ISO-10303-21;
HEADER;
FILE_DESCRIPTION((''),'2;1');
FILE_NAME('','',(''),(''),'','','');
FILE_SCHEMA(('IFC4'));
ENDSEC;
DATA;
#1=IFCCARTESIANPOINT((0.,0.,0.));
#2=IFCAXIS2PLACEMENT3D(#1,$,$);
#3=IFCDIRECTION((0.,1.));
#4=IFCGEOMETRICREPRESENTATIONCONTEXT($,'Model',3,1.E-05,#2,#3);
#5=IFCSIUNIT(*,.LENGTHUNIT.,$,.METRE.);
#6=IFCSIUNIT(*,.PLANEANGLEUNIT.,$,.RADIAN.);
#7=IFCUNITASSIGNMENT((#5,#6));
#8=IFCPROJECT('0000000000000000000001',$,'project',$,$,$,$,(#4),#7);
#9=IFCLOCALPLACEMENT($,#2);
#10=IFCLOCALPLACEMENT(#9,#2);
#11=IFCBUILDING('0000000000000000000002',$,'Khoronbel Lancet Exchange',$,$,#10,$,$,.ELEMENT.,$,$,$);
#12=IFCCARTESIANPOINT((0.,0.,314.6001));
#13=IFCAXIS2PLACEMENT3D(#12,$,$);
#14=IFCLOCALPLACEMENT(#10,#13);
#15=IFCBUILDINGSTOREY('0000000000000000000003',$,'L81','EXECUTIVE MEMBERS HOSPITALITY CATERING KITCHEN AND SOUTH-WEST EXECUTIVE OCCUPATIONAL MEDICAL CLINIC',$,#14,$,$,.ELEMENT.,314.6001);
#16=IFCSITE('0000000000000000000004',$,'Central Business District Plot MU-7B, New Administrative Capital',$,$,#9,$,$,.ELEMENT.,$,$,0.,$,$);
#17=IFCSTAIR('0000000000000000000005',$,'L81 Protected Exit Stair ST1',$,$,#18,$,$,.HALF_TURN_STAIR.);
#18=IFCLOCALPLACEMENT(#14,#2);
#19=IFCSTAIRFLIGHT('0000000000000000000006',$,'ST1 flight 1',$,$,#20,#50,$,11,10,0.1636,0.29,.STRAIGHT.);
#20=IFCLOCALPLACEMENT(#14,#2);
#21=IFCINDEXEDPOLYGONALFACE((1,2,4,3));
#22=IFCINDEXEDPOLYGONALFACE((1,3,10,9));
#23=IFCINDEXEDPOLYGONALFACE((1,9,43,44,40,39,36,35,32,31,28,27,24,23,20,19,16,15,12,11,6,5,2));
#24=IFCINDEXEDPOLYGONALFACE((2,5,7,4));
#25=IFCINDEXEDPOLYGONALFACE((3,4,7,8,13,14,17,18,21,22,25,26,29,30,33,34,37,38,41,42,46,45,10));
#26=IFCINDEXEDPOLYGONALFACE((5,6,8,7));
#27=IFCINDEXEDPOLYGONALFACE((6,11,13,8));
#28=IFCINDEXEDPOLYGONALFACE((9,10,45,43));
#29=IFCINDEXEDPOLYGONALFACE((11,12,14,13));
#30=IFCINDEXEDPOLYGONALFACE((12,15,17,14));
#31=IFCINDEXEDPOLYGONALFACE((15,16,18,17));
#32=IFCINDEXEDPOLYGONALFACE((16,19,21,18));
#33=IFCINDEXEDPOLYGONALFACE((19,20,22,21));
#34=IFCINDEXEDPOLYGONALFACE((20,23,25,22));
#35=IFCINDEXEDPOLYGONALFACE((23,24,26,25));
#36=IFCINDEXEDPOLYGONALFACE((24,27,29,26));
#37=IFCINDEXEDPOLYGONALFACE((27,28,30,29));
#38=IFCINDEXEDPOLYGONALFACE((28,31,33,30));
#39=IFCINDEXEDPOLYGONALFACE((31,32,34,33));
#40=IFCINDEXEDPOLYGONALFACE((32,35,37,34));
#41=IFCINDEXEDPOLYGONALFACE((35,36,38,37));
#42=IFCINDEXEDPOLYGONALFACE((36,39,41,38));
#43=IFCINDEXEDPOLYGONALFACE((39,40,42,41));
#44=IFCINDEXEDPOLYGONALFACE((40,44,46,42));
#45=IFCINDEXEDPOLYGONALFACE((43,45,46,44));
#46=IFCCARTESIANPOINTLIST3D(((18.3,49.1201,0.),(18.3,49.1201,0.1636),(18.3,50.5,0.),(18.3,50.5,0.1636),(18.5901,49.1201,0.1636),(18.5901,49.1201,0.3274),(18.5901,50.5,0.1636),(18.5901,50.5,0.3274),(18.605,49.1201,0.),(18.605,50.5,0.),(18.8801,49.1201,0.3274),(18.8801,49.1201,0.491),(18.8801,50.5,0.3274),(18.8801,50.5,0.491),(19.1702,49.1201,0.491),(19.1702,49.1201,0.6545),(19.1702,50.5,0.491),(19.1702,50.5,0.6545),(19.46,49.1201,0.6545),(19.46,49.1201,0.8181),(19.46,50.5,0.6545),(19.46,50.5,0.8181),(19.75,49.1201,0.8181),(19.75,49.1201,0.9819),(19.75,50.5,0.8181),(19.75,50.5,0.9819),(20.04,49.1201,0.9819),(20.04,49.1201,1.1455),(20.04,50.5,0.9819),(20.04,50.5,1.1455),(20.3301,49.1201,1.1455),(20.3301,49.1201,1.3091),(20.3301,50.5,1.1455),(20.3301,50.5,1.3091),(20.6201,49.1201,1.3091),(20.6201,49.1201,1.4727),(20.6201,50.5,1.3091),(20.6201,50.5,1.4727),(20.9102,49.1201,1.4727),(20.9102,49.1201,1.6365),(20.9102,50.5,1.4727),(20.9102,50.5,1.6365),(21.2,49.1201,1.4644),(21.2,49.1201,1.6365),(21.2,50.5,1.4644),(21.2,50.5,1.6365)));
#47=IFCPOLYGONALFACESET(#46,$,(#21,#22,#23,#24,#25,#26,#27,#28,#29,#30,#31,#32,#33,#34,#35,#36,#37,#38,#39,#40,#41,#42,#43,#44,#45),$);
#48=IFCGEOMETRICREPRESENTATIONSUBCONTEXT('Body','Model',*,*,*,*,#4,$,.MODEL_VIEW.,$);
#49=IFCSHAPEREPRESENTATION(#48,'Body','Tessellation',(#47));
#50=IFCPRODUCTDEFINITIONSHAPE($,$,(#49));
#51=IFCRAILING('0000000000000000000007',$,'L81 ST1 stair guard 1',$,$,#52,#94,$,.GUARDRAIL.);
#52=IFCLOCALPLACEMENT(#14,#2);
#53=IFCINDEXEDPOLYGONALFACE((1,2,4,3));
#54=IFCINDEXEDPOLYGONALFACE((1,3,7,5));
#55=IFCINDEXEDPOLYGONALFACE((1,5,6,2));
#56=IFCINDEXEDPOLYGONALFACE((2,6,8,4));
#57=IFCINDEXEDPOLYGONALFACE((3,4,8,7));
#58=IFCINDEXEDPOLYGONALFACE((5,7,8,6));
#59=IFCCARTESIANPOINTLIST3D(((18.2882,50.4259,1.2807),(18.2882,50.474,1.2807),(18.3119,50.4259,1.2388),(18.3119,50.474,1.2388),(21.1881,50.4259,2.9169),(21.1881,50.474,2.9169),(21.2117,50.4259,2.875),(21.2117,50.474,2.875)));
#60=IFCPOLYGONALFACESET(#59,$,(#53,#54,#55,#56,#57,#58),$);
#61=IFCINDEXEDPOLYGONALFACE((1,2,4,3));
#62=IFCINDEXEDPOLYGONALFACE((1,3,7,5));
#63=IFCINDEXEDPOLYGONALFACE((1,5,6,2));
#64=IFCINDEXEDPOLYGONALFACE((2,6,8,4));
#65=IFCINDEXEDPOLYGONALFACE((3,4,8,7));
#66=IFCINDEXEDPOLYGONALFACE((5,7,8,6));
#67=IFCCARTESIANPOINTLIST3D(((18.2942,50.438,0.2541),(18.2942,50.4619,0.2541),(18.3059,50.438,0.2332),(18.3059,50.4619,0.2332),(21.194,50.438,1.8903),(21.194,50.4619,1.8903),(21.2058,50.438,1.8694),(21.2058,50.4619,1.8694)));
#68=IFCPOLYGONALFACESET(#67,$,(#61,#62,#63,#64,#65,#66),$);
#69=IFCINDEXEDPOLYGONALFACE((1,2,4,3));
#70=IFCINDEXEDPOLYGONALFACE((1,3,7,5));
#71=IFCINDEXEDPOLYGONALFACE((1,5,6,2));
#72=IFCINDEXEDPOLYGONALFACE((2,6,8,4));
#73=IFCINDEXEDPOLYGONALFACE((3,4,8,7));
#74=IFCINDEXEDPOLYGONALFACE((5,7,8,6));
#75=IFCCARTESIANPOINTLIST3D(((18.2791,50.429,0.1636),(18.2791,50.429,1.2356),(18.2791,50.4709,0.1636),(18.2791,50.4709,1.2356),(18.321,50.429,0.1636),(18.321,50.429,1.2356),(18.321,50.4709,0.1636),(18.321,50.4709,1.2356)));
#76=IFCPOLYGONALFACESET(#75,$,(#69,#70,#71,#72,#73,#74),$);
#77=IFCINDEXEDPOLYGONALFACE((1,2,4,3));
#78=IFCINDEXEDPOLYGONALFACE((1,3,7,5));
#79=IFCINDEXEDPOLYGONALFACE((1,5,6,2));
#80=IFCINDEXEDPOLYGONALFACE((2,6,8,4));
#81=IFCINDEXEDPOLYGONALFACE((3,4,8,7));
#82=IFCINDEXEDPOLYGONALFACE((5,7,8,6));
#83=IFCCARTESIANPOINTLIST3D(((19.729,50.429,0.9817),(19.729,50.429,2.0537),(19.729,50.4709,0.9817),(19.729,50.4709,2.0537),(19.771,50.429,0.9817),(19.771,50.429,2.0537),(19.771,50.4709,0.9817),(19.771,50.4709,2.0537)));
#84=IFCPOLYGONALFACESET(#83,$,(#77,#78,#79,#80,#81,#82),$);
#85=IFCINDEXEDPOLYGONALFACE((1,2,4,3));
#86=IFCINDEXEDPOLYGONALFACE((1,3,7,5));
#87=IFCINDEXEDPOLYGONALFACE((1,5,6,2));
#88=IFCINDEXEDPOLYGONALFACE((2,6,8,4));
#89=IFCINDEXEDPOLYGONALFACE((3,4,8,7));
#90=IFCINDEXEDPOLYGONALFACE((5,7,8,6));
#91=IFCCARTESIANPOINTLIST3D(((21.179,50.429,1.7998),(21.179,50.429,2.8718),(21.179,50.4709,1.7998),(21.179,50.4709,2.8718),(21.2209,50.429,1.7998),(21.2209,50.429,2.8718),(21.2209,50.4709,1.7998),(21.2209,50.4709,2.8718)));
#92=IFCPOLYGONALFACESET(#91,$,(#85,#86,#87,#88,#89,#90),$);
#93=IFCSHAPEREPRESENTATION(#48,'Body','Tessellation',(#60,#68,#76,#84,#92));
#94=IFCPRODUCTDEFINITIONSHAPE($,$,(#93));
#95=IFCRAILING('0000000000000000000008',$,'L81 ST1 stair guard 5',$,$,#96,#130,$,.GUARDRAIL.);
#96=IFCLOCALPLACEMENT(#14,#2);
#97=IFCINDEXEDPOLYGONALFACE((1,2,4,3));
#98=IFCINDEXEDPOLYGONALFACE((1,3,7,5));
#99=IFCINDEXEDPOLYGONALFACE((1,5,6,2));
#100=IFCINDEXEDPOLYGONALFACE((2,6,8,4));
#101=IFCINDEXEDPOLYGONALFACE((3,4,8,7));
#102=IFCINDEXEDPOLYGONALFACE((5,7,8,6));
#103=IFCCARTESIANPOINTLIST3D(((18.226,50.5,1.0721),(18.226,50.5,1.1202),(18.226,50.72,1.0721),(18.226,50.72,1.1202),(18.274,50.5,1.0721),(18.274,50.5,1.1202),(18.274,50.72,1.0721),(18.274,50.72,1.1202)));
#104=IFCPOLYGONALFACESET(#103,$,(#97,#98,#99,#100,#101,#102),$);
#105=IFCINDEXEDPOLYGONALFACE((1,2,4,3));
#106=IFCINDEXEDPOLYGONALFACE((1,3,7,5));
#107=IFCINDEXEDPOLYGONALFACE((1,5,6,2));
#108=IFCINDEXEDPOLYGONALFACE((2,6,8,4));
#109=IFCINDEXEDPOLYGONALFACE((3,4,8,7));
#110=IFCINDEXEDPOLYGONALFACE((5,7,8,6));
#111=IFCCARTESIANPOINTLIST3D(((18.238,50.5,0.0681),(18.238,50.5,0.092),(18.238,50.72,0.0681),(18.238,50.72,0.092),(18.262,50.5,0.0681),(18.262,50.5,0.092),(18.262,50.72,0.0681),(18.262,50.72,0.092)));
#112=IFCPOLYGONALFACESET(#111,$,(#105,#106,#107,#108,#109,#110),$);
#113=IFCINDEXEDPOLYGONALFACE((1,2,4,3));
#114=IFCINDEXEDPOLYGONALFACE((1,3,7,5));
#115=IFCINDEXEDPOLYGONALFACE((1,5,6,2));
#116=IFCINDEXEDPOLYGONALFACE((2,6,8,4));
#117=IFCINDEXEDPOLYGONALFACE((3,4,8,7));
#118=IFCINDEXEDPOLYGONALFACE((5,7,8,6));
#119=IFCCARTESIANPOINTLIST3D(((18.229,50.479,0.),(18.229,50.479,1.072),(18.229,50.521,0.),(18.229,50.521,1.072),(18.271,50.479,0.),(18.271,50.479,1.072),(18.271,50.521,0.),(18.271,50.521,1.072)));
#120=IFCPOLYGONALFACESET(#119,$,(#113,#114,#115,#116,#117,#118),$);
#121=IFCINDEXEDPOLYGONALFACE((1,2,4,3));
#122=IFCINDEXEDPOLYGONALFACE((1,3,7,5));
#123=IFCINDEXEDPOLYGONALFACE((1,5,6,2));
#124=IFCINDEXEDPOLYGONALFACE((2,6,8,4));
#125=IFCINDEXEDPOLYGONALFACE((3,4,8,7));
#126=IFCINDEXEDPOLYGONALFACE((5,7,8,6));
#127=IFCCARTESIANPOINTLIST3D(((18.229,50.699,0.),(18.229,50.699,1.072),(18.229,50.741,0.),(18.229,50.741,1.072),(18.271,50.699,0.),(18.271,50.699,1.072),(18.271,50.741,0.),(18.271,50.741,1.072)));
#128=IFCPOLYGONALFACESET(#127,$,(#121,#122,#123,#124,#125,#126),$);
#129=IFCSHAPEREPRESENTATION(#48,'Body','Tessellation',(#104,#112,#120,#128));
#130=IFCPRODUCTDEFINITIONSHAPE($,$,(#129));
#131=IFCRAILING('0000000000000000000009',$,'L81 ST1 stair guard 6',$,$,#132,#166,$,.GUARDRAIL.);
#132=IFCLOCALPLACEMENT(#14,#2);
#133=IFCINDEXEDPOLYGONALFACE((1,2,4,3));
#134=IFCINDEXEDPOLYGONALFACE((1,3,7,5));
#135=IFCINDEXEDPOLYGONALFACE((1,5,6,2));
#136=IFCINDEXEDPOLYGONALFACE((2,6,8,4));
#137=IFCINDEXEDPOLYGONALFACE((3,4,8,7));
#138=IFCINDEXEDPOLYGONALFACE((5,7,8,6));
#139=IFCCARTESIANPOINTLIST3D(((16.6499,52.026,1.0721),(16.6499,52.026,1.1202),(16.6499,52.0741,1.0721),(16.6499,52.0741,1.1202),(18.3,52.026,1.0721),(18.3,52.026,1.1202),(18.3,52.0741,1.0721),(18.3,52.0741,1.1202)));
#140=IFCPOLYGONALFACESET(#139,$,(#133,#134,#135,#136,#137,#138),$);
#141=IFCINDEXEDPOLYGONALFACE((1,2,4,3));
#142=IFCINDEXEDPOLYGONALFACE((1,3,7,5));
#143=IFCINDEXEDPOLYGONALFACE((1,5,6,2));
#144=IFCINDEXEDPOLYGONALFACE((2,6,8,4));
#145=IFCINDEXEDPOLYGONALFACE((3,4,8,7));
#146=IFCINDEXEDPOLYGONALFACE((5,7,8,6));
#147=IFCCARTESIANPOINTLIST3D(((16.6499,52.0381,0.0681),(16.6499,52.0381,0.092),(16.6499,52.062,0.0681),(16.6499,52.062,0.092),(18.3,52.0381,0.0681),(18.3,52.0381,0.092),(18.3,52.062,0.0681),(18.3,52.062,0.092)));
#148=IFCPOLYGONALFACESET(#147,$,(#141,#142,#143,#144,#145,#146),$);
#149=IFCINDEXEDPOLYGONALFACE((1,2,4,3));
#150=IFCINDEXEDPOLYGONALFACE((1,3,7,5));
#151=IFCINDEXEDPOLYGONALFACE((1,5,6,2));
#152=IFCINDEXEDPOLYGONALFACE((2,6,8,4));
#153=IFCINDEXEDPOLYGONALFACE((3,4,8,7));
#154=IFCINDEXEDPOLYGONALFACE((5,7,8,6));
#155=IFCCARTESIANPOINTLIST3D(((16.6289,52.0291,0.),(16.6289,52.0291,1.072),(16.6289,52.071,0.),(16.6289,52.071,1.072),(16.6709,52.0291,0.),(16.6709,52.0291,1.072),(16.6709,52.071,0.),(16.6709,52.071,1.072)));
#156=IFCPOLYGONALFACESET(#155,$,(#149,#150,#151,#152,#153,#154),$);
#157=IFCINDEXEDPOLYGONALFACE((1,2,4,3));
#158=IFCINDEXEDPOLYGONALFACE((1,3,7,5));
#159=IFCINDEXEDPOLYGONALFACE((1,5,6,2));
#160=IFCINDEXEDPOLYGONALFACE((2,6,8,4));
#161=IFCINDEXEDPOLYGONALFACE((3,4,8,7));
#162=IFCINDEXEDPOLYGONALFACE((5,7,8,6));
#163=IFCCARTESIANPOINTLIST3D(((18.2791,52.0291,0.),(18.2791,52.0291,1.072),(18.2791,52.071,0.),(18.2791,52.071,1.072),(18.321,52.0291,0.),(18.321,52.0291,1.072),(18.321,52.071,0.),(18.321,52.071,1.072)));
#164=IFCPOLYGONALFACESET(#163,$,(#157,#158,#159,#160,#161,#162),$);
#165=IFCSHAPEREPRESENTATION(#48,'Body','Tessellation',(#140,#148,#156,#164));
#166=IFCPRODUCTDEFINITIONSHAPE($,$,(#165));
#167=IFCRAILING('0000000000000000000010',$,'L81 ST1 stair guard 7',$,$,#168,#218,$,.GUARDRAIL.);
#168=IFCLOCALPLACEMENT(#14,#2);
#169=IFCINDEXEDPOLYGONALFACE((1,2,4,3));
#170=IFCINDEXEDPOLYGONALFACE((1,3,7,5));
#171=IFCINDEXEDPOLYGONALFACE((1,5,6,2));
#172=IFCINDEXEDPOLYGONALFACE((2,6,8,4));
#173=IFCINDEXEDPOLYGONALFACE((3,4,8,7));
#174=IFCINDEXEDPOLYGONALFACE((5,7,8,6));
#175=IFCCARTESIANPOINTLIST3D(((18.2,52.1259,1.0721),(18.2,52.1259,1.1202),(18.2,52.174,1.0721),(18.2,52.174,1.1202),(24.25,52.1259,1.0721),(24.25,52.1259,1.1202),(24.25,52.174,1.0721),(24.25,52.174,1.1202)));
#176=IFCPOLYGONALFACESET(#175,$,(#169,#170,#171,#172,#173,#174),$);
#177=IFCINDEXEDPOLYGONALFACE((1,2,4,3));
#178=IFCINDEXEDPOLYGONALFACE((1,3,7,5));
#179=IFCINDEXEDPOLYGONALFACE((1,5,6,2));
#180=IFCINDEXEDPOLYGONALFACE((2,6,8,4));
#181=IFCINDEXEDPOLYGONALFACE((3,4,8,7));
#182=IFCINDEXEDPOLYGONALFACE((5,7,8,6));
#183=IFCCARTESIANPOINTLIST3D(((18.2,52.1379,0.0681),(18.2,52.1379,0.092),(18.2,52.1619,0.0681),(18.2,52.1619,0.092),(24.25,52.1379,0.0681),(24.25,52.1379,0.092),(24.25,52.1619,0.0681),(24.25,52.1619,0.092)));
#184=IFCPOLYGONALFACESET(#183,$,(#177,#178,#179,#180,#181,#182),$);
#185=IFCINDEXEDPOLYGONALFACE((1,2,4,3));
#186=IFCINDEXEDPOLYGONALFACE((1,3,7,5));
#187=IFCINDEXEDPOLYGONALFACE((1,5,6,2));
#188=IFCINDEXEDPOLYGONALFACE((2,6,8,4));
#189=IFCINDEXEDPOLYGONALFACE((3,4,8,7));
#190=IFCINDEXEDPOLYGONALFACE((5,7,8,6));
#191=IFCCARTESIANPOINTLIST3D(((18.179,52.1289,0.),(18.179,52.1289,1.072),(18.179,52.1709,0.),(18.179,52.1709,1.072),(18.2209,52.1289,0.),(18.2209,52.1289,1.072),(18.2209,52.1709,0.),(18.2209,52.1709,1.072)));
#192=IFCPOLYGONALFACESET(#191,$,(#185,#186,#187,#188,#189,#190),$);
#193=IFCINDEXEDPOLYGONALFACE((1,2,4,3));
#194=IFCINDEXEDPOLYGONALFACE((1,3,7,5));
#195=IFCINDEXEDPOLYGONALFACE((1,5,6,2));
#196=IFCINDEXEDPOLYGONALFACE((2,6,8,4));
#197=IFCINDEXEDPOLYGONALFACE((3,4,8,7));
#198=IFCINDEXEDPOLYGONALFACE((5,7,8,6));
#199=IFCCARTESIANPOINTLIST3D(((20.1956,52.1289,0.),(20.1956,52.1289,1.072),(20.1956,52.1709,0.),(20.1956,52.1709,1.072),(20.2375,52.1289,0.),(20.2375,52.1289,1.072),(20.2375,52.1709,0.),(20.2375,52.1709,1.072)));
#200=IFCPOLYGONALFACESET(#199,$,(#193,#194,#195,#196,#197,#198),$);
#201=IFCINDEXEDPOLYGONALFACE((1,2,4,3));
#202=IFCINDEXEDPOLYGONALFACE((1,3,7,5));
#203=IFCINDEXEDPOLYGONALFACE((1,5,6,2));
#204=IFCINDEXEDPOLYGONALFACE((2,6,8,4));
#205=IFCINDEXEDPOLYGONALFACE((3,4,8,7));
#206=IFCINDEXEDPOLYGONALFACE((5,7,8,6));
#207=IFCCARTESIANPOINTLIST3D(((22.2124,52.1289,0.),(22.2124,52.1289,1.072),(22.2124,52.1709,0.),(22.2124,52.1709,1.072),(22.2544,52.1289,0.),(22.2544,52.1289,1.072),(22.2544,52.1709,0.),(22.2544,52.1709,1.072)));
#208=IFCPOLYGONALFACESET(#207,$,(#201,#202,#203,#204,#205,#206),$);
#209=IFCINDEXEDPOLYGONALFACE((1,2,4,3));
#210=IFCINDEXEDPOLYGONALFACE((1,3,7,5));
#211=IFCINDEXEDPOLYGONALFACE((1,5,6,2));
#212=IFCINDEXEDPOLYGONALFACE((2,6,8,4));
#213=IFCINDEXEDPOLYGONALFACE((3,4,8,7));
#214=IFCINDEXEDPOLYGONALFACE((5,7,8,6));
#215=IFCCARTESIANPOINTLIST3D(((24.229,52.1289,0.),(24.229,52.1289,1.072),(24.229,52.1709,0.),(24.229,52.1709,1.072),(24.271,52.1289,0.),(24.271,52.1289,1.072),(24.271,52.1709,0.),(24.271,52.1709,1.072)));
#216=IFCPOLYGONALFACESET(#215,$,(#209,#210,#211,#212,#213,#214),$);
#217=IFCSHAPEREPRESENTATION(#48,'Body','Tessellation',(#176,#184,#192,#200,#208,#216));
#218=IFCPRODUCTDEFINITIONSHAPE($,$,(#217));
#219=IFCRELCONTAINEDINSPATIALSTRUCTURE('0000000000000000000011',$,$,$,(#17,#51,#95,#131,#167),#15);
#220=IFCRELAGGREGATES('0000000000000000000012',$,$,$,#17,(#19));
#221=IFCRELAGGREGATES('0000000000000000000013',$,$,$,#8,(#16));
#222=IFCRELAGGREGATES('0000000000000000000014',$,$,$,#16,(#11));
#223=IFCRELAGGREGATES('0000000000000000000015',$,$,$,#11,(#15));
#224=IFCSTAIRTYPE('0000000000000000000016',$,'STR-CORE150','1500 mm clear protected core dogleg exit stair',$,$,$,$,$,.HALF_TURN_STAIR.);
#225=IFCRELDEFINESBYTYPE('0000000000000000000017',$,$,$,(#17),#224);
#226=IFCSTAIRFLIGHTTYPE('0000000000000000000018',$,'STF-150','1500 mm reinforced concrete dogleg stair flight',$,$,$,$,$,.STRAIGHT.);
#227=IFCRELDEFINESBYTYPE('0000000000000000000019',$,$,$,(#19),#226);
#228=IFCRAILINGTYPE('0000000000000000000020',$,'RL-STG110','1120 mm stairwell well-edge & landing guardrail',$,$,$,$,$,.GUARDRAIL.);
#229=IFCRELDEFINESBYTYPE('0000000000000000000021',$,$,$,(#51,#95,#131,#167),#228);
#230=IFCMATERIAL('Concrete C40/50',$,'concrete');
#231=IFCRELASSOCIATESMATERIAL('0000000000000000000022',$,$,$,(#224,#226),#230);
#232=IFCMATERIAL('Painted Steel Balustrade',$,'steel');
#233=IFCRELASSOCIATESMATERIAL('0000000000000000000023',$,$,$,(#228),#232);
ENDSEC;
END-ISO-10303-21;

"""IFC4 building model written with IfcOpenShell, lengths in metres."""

from ifc_helpers import new_model, si_unit, direction, frame, origin, origin_2d, place, context, subcontext, project, spatial, polyline, rectangle, outline, extrude, material, type_object, element, aggregate, save


model = new_model("IFC4")

# Units and contexts
model_context = context("Model", 3, precision=1e-05, world=origin(), true_north=direction((0.0, 1.0)))
body_context = subcontext(model_context, "Body", "Model", "MODEL_VIEW")
ifc_project = project(units=[si_unit("LENGTHUNIT", "METRE"), si_unit("PLANEANGLEUNIT", "RADIAN")], contexts=[model_context])

# Site, building, storey
site_placement = place(None, origin())
site = spatial("IfcSite", under=ifc_project, at=site_placement, Name="Central Business District Plot MU-7B, New Administrative Capital", CompositionType="ELEMENT", RefElevation=0.0)
building_placement = place(site_placement, origin())
building = spatial("IfcBuilding", under=site, at=building_placement, Name="Khoronbel Lancet Exchange", CompositionType="ELEMENT")
storey_placement = place(building_placement, frame((0.0, 0.0, 314.6001)))
storey = spatial("IfcBuildingStorey", under=building, at=storey_placement, Name="L81", Description="EXECUTIVE MEMBERS HOSPITALITY CATERING KITCHEN AND SOUTH-WEST EXECUTIVE OCCUPATIONAL MEDICAL CLINIC", CompositionType="ELEMENT", Elevation=314.6001)

# Stair, stair flight
ifc_material_1 = material(Name="Concrete C40/50", Category="concrete")
stair_type = type_object("IfcStairType", Name="STR-CORE150", Description="1500 mm clear protected core dogleg exit stair", PredefinedType="HALF_TURN_STAIR", material=ifc_material_1)
stair_placement = place(storey_placement, origin())
stair = element("IfcStair", 1, at=stair_placement, inside=storey, type_object=stair_type, Name="L81 Protected Exit Stair ST1", PredefinedType="HALF_TURN_STAIR")
stair_flight_type = type_object("IfcStairFlightType", Name="STF-150", Description="1500 mm reinforced concrete dogleg stair flight", PredefinedType="STRAIGHT", material=ifc_material_1)
stair_flight_placement = place(storey_placement, frame((18.3, 49.8101, 0.0), z_axis=(0.0, 0.0, 1.0), x_axis=(1.0, 0.0, 0.0)))
stair_flight = element("IfcStairFlight", 2, at=stair_flight_placement, type_object=stair_flight_type, Name="ST1 flight 1", NumberOfRisers=11, NumberOfTreads=10, PredefinedType="STRAIGHT", RiserHeight=0.1636, TreadLength=0.29, context=body_context, shape_type="SweptSolid", body=[
    extrude(outline(polyline([(0.0, 0.0), (0.0, 0.1636), (0.29, 0.1636), (0.29, 0.3274), (0.5801, 0.3274), (0.5801, 0.491), (0.8701, 0.491), (0.8701, 0.6545), (1.1599, 0.6545), (1.1599, 0.8181), (1.45, 0.8181), (1.45, 0.9819), (1.74, 0.9819), (1.74, 1.1455), (2.03, 1.1455), (2.03, 1.3091), (2.3201, 1.3091), (2.3201, 1.4727), (2.6101, 1.4727), (2.6101, 1.6365), (2.8999, 1.6365), (2.8999, 1.8), (2.8999, 1.4644), (0.3049, 0.0), (0.0, 0.0)])), frame((0.0, 0.6899, 0.0), z_axis=(0.0, -1.0, 0.0), x_axis=(1.0, 0.0, 0.0)), (0.0, 0.0, 1.0), 1.3799),
])
aggregate(stair, [stair_flight])

# Railings
ifc_material_2 = material(Name="Painted Steel Balustrade", Category="steel")
railing_type_1 = type_object("IfcRailingType", Name="RL-STG110", Description="1120 mm stairwell well-edge & landing guardrail", PredefinedType="GUARDRAIL", material=ifc_material_2)
railing_1_placement = place(storey_placement, frame((18.3, 50.45, 0.1636)))
element("IfcRailing", 3, at=railing_1_placement, inside=storey, type_object=railing_type_1, Name="L81 ST1 stair guard 1", PredefinedType="GUARDRAIL", context=body_context, shape_type="SweptSolid", body=[
    extrude(rectangle(XDim=0.0481, YDim=0.0481, at=origin_2d()), frame((0.0, 0.0, 1.0962), z_axis=(0.870929, 0.0, 0.49141), x_axis=(0.0, 1.0, 0.0)), (0.0, 0.0, 1.0), 3.3296),
    extrude(rectangle(XDim=0.0239, YDim=0.0239, at=origin_2d()), frame((0.0, 0.0, 0.0801), z_axis=(0.870929, 0.0, 0.49141), x_axis=(0.0, 1.0, 0.0)), (0.0, 0.0, 1.0), 3.3296),
    extrude(rectangle(XDim=0.042, YDim=0.042, at=origin_2d()), origin(), (0.0, 0.0, 1.0), 1.072),
    extrude(rectangle(XDim=0.042, YDim=0.042, at=origin_2d()), frame((1.45, 0.0, 0.8181)), (0.0, 0.0, 1.0), 1.072),
    extrude(rectangle(XDim=0.042, YDim=0.042, at=origin_2d()), frame((2.8999, 0.0, 1.6362)), (0.0, 0.0, 1.0), 1.072),
])
railing_2_placement = place(storey_placement, frame((18.25, 50.5, 0.0)))
element("IfcRailing", 4, at=railing_2_placement, inside=storey, type_object=railing_type_1, Name="L81 ST1 stair guard 5", PredefinedType="GUARDRAIL", context=body_context, shape_type="SweptSolid", body=[
    extrude(rectangle(XDim=0.0481, YDim=0.0481, at=origin_2d()), frame((0.0, 0.0, 1.0962), z_axis=(0.0, 1.0, 0.0), x_axis=(-1.0, 0.0, 0.0)), (0.0, 0.0, 1.0), 0.22),
    extrude(rectangle(XDim=0.0239, YDim=0.0239, at=origin_2d()), frame((0.0, 0.0, 0.0801), z_axis=(0.0, 1.0, 0.0), x_axis=(-1.0, 0.0, 0.0)), (0.0, 0.0, 1.0), 0.22),
    extrude(rectangle(XDim=0.042, YDim=0.042, at=origin_2d()), origin(), (0.0, 0.0, 1.0), 1.072),
    extrude(rectangle(XDim=0.042, YDim=0.042, at=origin_2d()), frame((0.0, 0.22, 0.0)), (0.0, 0.0, 1.0), 1.072),
])
railing_3_placement = place(storey_placement, frame((16.6499, 52.05, 0.0)))
element("IfcRailing", 5, at=railing_3_placement, inside=storey, type_object=railing_type_1, Name="L81 ST1 stair guard 6", PredefinedType="GUARDRAIL", context=body_context, shape_type="SweptSolid", body=[
    extrude(rectangle(XDim=0.0481, YDim=0.0481, at=origin_2d()), frame((0.0, 0.0, 1.0962), z_axis=(1.0, 0.0, 0.0), x_axis=(0.0, 1.0, 0.0)), (0.0, 0.0, 1.0), 1.6501),
    extrude(rectangle(XDim=0.0239, YDim=0.0239, at=origin_2d()), frame((0.0, 0.0, 0.0801), z_axis=(1.0, 0.0, 0.0), x_axis=(0.0, 1.0, 0.0)), (0.0, 0.0, 1.0), 1.6501),
    extrude(rectangle(XDim=0.042, YDim=0.042, at=origin_2d()), origin(), (0.0, 0.0, 1.0), 1.072),
    extrude(rectangle(XDim=0.042, YDim=0.042, at=origin_2d()), frame((1.6501, 0.0, 0.0)), (0.0, 0.0, 1.0), 1.072),
])
railing_4_placement = place(storey_placement, frame((18.2, 52.1499, 0.0)))
element("IfcRailing", 6, at=railing_4_placement, inside=storey, type_object=railing_type_1, Name="L81 ST1 stair guard 7", PredefinedType="GUARDRAIL", context=body_context, shape_type="SweptSolid", body=[
    extrude(rectangle(XDim=0.0481, YDim=0.0481, at=origin_2d()), frame((0.0, 0.0, 1.0962), z_axis=(1.0, 0.0, 0.0), x_axis=(0.0, 1.0, 0.0)), (0.0, 0.0, 1.0), 6.05),
    extrude(rectangle(XDim=0.0239, YDim=0.0239, at=origin_2d()), frame((0.0, 0.0, 0.0801), z_axis=(1.0, 0.0, 0.0), x_axis=(0.0, 1.0, 0.0)), (0.0, 0.0, 1.0), 6.05),
    extrude(rectangle(XDim=0.042, YDim=0.042, at=origin_2d()), origin(), (0.0, 0.0, 1.0), 1.072),
    extrude(rectangle(XDim=0.042, YDim=0.042, at=origin_2d()), frame((2.0166, 0.0, 0.0)), (0.0, 0.0, 1.0), 1.072),
    extrude(rectangle(XDim=0.042, YDim=0.042, at=origin_2d()), frame((4.0334, 0.0, 0.0)), (0.0, 0.0, 1.0), 1.072),
    extrude(rectangle(XDim=0.042, YDim=0.042, at=origin_2d()), frame((6.05, 0.0, 0.0)), (0.0, 0.0, 1.0), 1.072),
])

save(model, "model.ifc")
